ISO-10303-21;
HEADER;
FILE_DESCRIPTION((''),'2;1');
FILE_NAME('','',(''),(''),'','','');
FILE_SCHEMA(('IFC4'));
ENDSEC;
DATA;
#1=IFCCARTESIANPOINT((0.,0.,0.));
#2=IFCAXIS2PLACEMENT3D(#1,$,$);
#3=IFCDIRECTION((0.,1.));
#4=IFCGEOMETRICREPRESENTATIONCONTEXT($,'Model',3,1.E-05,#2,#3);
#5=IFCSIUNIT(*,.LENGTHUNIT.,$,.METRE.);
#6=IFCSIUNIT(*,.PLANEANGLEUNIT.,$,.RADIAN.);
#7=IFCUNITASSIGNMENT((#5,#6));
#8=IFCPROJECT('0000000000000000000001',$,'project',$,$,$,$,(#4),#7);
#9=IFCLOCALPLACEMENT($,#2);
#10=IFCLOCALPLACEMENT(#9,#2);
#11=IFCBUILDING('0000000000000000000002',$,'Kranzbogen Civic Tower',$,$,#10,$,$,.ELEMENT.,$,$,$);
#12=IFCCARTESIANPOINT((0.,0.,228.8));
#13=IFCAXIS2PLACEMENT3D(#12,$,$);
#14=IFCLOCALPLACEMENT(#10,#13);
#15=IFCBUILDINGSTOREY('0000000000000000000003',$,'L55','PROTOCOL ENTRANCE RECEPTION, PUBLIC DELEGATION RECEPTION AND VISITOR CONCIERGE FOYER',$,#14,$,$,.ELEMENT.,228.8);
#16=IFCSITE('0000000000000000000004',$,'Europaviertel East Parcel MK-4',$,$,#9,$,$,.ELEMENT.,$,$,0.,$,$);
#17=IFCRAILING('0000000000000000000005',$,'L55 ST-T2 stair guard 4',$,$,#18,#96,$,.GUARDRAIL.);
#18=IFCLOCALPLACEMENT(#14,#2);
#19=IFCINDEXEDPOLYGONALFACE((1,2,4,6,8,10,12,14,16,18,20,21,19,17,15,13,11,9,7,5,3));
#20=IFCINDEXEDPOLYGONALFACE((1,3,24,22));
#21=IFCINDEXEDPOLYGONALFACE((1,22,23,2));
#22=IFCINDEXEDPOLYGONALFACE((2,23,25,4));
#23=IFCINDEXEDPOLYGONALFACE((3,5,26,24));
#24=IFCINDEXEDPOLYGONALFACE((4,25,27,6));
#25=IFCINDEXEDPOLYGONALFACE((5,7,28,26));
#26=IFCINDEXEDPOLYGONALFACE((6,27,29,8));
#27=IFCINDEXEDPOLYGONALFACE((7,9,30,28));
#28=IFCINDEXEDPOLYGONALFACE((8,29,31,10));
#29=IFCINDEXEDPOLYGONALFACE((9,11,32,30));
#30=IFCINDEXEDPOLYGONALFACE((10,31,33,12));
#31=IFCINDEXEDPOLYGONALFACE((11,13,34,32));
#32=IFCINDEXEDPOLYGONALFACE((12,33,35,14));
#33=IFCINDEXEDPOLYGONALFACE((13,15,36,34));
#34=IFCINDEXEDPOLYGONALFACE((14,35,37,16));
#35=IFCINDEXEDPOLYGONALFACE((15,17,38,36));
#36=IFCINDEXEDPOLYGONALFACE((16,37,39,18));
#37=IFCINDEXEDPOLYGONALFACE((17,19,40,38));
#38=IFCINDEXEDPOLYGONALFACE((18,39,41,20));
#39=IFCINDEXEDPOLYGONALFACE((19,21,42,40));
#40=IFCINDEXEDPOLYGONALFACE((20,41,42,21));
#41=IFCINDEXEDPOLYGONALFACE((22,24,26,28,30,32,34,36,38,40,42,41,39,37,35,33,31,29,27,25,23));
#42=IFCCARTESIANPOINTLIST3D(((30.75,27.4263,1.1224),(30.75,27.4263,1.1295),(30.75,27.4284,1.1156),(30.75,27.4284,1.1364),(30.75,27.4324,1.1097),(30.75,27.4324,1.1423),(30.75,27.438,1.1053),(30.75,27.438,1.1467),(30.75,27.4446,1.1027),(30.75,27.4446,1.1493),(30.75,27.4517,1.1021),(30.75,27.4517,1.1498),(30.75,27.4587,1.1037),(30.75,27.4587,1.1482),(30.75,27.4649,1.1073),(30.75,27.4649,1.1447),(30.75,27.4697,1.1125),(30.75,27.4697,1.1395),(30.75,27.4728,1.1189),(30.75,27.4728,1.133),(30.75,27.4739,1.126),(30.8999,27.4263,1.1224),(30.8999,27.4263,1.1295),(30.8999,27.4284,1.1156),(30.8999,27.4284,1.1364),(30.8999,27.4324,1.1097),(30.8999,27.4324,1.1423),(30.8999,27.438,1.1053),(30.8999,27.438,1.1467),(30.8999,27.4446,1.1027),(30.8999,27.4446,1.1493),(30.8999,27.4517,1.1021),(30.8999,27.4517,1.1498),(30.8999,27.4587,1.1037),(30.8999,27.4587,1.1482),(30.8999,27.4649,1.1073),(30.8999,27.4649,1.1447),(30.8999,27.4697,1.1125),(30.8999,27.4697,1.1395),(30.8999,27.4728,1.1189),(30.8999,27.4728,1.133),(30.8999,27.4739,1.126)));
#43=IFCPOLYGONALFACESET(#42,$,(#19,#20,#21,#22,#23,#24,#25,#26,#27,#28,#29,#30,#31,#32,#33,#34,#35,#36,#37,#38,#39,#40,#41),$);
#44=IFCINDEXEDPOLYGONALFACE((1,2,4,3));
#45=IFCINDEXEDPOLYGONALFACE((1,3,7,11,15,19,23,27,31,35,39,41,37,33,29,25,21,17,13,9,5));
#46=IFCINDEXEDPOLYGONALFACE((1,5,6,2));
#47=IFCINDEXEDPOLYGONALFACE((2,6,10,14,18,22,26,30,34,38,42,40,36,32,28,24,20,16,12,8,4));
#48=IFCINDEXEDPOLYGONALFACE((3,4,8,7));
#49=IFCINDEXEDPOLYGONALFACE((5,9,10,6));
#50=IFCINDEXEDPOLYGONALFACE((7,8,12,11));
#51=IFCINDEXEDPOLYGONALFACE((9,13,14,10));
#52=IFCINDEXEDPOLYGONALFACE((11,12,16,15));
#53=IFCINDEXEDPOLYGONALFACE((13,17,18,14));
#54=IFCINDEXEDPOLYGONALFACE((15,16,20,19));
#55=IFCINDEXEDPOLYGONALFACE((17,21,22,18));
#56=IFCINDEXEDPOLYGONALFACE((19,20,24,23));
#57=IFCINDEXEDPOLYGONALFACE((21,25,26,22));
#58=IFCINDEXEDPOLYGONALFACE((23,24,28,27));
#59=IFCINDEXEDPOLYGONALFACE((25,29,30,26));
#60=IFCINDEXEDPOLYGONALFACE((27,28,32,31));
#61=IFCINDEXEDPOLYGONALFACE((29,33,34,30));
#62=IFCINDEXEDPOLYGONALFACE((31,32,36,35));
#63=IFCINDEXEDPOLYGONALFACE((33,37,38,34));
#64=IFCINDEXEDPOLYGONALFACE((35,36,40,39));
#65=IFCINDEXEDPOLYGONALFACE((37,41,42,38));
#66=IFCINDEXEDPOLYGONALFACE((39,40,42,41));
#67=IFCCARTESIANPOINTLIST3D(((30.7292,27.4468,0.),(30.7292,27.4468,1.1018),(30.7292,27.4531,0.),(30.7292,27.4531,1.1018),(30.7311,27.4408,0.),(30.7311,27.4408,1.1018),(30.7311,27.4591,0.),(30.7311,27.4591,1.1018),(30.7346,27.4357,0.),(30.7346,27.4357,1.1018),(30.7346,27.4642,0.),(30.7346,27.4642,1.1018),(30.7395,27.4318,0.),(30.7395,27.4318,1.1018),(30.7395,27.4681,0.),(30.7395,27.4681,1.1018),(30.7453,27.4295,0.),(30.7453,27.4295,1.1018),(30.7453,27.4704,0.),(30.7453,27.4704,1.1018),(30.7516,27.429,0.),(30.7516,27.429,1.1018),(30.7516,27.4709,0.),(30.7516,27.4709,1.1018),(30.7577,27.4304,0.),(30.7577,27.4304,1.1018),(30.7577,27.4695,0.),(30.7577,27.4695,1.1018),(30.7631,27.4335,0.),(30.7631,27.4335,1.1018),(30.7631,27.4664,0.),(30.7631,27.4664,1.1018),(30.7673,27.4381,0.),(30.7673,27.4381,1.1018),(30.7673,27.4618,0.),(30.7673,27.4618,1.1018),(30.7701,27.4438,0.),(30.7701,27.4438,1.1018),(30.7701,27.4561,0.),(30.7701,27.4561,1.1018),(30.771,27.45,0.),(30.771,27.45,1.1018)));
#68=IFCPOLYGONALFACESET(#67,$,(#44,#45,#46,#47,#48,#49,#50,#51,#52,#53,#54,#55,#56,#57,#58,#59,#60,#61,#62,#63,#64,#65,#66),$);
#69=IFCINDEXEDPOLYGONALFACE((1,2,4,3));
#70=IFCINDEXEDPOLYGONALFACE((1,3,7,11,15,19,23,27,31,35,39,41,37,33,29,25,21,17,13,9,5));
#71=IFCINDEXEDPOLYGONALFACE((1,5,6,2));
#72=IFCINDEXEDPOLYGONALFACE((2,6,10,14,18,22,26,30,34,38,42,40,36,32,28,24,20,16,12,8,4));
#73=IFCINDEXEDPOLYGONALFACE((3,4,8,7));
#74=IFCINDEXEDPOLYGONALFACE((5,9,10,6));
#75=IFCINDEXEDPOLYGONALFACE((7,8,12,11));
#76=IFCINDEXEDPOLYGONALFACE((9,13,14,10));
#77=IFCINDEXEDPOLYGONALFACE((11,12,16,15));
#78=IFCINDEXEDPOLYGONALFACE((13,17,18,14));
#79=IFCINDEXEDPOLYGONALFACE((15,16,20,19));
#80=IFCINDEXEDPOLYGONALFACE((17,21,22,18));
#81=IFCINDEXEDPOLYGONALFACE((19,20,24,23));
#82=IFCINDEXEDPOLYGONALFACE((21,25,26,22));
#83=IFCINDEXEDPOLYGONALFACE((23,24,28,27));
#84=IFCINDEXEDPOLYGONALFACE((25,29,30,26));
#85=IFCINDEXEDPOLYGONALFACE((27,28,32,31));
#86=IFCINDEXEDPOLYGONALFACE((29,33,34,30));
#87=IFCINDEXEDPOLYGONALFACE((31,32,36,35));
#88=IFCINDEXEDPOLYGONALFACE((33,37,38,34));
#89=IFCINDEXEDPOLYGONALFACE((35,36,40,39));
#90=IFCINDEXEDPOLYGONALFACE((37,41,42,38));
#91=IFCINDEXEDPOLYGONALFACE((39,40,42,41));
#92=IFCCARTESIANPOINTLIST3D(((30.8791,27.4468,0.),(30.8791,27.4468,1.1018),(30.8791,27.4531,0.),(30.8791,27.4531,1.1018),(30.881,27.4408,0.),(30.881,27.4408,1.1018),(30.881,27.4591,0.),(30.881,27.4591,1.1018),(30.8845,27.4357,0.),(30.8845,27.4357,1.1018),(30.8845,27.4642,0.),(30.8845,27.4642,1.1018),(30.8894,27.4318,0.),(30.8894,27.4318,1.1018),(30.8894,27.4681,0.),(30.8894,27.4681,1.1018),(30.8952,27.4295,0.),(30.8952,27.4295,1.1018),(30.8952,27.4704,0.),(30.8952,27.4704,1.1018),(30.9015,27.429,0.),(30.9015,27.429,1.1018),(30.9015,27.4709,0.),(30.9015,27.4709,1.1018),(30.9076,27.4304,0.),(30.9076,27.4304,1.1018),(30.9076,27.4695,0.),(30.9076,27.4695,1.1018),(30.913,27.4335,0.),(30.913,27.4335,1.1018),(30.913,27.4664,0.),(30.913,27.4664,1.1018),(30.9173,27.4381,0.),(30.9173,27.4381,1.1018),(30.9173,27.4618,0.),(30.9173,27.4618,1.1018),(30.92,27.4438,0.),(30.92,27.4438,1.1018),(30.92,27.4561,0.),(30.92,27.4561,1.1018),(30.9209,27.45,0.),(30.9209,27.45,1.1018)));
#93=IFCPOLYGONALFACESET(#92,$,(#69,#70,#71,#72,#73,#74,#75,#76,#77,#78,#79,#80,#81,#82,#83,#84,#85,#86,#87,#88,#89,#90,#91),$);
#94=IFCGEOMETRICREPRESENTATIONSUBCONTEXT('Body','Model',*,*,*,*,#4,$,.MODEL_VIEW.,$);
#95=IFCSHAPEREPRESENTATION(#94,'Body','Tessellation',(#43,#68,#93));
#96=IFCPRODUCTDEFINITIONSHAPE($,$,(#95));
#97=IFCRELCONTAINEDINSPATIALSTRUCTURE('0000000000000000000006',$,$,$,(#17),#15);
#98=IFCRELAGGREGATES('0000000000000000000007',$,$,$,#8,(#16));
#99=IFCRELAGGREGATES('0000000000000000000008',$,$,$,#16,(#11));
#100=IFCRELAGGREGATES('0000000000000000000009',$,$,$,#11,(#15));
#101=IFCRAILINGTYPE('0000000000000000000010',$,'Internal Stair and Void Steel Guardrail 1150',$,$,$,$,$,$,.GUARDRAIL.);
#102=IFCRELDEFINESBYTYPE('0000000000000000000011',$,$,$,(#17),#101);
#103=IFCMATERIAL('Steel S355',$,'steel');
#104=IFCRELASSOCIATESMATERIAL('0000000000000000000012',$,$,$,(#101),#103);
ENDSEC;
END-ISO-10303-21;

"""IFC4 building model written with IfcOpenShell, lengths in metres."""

from ifc_helpers import new_model, si_unit, direction, frame, origin, origin_2d, place, context, subcontext, project, spatial, circle, extrude, material, type_object, element, save


model = new_model("IFC4")

# Units and contexts
model_context = context("Model", 3, precision=1e-05, world=origin(), true_north=direction((0.0, 1.0)))
body_context = subcontext(model_context, "Body", "Model", "MODEL_VIEW")
ifc_project = project(units=[si_unit("LENGTHUNIT", "METRE"), si_unit("PLANEANGLEUNIT", "RADIAN")], contexts=[model_context])

# Site, building, storey
site_placement = place(None, origin())
site = spatial("IfcSite", under=ifc_project, at=site_placement, Name="Europaviertel East Parcel MK-4", CompositionType="ELEMENT", RefElevation=0.0)
building_placement = place(site_placement, origin())
building = spatial("IfcBuilding", under=site, at=building_placement, Name="Kranzbogen Civic Tower", CompositionType="ELEMENT")
storey_placement = place(building_placement, frame((0.0, 0.0, 228.8)))
storey = spatial("IfcBuildingStorey", under=building, at=storey_placement, Name="L55", Description="PROTOCOL ENTRANCE RECEPTION, PUBLIC DELEGATION RECEPTION AND VISITOR CONCIERGE FOYER", CompositionType="ELEMENT", Elevation=228.8)

# Shared definitions
ifc_material_1 = material(Name="Steel S355", Category="steel")

# Railing
railing_type_1 = type_object("IfcRailingType", Name="Internal Stair and Void Steel Guardrail 1150", PredefinedType="GUARDRAIL", material=ifc_material_1)
railing_1_placement = place(storey_placement, frame((30.75, 27.45, 0.0)))
element("IfcRailing", 1, at=railing_1_placement, inside=storey, type_object=railing_type_1, Name="L55 ST-T2 stair guard 4", PredefinedType="GUARDRAIL", context=body_context, shape_type="SweptSolid", body=[
    extrude(circle(Radius=0.0239, at=origin_2d()), frame((0.0, 0.0, 1.126), z_axis=(1.0, 0.0, 0.0), x_axis=(0.0, 1.0, 0.0)), (0.0, 0.0, 1.0), 0.1499),
    extrude(circle(Radius=0.021, at=origin_2d()), origin(), (0.0, 0.0, 1.0), 1.1018),
    extrude(circle(Radius=0.021, at=origin_2d()), frame((0.1499, 0.0, 0.0)), (0.0, 0.0, 1.0), 1.1018),
])

save(model, "model.ifc")
